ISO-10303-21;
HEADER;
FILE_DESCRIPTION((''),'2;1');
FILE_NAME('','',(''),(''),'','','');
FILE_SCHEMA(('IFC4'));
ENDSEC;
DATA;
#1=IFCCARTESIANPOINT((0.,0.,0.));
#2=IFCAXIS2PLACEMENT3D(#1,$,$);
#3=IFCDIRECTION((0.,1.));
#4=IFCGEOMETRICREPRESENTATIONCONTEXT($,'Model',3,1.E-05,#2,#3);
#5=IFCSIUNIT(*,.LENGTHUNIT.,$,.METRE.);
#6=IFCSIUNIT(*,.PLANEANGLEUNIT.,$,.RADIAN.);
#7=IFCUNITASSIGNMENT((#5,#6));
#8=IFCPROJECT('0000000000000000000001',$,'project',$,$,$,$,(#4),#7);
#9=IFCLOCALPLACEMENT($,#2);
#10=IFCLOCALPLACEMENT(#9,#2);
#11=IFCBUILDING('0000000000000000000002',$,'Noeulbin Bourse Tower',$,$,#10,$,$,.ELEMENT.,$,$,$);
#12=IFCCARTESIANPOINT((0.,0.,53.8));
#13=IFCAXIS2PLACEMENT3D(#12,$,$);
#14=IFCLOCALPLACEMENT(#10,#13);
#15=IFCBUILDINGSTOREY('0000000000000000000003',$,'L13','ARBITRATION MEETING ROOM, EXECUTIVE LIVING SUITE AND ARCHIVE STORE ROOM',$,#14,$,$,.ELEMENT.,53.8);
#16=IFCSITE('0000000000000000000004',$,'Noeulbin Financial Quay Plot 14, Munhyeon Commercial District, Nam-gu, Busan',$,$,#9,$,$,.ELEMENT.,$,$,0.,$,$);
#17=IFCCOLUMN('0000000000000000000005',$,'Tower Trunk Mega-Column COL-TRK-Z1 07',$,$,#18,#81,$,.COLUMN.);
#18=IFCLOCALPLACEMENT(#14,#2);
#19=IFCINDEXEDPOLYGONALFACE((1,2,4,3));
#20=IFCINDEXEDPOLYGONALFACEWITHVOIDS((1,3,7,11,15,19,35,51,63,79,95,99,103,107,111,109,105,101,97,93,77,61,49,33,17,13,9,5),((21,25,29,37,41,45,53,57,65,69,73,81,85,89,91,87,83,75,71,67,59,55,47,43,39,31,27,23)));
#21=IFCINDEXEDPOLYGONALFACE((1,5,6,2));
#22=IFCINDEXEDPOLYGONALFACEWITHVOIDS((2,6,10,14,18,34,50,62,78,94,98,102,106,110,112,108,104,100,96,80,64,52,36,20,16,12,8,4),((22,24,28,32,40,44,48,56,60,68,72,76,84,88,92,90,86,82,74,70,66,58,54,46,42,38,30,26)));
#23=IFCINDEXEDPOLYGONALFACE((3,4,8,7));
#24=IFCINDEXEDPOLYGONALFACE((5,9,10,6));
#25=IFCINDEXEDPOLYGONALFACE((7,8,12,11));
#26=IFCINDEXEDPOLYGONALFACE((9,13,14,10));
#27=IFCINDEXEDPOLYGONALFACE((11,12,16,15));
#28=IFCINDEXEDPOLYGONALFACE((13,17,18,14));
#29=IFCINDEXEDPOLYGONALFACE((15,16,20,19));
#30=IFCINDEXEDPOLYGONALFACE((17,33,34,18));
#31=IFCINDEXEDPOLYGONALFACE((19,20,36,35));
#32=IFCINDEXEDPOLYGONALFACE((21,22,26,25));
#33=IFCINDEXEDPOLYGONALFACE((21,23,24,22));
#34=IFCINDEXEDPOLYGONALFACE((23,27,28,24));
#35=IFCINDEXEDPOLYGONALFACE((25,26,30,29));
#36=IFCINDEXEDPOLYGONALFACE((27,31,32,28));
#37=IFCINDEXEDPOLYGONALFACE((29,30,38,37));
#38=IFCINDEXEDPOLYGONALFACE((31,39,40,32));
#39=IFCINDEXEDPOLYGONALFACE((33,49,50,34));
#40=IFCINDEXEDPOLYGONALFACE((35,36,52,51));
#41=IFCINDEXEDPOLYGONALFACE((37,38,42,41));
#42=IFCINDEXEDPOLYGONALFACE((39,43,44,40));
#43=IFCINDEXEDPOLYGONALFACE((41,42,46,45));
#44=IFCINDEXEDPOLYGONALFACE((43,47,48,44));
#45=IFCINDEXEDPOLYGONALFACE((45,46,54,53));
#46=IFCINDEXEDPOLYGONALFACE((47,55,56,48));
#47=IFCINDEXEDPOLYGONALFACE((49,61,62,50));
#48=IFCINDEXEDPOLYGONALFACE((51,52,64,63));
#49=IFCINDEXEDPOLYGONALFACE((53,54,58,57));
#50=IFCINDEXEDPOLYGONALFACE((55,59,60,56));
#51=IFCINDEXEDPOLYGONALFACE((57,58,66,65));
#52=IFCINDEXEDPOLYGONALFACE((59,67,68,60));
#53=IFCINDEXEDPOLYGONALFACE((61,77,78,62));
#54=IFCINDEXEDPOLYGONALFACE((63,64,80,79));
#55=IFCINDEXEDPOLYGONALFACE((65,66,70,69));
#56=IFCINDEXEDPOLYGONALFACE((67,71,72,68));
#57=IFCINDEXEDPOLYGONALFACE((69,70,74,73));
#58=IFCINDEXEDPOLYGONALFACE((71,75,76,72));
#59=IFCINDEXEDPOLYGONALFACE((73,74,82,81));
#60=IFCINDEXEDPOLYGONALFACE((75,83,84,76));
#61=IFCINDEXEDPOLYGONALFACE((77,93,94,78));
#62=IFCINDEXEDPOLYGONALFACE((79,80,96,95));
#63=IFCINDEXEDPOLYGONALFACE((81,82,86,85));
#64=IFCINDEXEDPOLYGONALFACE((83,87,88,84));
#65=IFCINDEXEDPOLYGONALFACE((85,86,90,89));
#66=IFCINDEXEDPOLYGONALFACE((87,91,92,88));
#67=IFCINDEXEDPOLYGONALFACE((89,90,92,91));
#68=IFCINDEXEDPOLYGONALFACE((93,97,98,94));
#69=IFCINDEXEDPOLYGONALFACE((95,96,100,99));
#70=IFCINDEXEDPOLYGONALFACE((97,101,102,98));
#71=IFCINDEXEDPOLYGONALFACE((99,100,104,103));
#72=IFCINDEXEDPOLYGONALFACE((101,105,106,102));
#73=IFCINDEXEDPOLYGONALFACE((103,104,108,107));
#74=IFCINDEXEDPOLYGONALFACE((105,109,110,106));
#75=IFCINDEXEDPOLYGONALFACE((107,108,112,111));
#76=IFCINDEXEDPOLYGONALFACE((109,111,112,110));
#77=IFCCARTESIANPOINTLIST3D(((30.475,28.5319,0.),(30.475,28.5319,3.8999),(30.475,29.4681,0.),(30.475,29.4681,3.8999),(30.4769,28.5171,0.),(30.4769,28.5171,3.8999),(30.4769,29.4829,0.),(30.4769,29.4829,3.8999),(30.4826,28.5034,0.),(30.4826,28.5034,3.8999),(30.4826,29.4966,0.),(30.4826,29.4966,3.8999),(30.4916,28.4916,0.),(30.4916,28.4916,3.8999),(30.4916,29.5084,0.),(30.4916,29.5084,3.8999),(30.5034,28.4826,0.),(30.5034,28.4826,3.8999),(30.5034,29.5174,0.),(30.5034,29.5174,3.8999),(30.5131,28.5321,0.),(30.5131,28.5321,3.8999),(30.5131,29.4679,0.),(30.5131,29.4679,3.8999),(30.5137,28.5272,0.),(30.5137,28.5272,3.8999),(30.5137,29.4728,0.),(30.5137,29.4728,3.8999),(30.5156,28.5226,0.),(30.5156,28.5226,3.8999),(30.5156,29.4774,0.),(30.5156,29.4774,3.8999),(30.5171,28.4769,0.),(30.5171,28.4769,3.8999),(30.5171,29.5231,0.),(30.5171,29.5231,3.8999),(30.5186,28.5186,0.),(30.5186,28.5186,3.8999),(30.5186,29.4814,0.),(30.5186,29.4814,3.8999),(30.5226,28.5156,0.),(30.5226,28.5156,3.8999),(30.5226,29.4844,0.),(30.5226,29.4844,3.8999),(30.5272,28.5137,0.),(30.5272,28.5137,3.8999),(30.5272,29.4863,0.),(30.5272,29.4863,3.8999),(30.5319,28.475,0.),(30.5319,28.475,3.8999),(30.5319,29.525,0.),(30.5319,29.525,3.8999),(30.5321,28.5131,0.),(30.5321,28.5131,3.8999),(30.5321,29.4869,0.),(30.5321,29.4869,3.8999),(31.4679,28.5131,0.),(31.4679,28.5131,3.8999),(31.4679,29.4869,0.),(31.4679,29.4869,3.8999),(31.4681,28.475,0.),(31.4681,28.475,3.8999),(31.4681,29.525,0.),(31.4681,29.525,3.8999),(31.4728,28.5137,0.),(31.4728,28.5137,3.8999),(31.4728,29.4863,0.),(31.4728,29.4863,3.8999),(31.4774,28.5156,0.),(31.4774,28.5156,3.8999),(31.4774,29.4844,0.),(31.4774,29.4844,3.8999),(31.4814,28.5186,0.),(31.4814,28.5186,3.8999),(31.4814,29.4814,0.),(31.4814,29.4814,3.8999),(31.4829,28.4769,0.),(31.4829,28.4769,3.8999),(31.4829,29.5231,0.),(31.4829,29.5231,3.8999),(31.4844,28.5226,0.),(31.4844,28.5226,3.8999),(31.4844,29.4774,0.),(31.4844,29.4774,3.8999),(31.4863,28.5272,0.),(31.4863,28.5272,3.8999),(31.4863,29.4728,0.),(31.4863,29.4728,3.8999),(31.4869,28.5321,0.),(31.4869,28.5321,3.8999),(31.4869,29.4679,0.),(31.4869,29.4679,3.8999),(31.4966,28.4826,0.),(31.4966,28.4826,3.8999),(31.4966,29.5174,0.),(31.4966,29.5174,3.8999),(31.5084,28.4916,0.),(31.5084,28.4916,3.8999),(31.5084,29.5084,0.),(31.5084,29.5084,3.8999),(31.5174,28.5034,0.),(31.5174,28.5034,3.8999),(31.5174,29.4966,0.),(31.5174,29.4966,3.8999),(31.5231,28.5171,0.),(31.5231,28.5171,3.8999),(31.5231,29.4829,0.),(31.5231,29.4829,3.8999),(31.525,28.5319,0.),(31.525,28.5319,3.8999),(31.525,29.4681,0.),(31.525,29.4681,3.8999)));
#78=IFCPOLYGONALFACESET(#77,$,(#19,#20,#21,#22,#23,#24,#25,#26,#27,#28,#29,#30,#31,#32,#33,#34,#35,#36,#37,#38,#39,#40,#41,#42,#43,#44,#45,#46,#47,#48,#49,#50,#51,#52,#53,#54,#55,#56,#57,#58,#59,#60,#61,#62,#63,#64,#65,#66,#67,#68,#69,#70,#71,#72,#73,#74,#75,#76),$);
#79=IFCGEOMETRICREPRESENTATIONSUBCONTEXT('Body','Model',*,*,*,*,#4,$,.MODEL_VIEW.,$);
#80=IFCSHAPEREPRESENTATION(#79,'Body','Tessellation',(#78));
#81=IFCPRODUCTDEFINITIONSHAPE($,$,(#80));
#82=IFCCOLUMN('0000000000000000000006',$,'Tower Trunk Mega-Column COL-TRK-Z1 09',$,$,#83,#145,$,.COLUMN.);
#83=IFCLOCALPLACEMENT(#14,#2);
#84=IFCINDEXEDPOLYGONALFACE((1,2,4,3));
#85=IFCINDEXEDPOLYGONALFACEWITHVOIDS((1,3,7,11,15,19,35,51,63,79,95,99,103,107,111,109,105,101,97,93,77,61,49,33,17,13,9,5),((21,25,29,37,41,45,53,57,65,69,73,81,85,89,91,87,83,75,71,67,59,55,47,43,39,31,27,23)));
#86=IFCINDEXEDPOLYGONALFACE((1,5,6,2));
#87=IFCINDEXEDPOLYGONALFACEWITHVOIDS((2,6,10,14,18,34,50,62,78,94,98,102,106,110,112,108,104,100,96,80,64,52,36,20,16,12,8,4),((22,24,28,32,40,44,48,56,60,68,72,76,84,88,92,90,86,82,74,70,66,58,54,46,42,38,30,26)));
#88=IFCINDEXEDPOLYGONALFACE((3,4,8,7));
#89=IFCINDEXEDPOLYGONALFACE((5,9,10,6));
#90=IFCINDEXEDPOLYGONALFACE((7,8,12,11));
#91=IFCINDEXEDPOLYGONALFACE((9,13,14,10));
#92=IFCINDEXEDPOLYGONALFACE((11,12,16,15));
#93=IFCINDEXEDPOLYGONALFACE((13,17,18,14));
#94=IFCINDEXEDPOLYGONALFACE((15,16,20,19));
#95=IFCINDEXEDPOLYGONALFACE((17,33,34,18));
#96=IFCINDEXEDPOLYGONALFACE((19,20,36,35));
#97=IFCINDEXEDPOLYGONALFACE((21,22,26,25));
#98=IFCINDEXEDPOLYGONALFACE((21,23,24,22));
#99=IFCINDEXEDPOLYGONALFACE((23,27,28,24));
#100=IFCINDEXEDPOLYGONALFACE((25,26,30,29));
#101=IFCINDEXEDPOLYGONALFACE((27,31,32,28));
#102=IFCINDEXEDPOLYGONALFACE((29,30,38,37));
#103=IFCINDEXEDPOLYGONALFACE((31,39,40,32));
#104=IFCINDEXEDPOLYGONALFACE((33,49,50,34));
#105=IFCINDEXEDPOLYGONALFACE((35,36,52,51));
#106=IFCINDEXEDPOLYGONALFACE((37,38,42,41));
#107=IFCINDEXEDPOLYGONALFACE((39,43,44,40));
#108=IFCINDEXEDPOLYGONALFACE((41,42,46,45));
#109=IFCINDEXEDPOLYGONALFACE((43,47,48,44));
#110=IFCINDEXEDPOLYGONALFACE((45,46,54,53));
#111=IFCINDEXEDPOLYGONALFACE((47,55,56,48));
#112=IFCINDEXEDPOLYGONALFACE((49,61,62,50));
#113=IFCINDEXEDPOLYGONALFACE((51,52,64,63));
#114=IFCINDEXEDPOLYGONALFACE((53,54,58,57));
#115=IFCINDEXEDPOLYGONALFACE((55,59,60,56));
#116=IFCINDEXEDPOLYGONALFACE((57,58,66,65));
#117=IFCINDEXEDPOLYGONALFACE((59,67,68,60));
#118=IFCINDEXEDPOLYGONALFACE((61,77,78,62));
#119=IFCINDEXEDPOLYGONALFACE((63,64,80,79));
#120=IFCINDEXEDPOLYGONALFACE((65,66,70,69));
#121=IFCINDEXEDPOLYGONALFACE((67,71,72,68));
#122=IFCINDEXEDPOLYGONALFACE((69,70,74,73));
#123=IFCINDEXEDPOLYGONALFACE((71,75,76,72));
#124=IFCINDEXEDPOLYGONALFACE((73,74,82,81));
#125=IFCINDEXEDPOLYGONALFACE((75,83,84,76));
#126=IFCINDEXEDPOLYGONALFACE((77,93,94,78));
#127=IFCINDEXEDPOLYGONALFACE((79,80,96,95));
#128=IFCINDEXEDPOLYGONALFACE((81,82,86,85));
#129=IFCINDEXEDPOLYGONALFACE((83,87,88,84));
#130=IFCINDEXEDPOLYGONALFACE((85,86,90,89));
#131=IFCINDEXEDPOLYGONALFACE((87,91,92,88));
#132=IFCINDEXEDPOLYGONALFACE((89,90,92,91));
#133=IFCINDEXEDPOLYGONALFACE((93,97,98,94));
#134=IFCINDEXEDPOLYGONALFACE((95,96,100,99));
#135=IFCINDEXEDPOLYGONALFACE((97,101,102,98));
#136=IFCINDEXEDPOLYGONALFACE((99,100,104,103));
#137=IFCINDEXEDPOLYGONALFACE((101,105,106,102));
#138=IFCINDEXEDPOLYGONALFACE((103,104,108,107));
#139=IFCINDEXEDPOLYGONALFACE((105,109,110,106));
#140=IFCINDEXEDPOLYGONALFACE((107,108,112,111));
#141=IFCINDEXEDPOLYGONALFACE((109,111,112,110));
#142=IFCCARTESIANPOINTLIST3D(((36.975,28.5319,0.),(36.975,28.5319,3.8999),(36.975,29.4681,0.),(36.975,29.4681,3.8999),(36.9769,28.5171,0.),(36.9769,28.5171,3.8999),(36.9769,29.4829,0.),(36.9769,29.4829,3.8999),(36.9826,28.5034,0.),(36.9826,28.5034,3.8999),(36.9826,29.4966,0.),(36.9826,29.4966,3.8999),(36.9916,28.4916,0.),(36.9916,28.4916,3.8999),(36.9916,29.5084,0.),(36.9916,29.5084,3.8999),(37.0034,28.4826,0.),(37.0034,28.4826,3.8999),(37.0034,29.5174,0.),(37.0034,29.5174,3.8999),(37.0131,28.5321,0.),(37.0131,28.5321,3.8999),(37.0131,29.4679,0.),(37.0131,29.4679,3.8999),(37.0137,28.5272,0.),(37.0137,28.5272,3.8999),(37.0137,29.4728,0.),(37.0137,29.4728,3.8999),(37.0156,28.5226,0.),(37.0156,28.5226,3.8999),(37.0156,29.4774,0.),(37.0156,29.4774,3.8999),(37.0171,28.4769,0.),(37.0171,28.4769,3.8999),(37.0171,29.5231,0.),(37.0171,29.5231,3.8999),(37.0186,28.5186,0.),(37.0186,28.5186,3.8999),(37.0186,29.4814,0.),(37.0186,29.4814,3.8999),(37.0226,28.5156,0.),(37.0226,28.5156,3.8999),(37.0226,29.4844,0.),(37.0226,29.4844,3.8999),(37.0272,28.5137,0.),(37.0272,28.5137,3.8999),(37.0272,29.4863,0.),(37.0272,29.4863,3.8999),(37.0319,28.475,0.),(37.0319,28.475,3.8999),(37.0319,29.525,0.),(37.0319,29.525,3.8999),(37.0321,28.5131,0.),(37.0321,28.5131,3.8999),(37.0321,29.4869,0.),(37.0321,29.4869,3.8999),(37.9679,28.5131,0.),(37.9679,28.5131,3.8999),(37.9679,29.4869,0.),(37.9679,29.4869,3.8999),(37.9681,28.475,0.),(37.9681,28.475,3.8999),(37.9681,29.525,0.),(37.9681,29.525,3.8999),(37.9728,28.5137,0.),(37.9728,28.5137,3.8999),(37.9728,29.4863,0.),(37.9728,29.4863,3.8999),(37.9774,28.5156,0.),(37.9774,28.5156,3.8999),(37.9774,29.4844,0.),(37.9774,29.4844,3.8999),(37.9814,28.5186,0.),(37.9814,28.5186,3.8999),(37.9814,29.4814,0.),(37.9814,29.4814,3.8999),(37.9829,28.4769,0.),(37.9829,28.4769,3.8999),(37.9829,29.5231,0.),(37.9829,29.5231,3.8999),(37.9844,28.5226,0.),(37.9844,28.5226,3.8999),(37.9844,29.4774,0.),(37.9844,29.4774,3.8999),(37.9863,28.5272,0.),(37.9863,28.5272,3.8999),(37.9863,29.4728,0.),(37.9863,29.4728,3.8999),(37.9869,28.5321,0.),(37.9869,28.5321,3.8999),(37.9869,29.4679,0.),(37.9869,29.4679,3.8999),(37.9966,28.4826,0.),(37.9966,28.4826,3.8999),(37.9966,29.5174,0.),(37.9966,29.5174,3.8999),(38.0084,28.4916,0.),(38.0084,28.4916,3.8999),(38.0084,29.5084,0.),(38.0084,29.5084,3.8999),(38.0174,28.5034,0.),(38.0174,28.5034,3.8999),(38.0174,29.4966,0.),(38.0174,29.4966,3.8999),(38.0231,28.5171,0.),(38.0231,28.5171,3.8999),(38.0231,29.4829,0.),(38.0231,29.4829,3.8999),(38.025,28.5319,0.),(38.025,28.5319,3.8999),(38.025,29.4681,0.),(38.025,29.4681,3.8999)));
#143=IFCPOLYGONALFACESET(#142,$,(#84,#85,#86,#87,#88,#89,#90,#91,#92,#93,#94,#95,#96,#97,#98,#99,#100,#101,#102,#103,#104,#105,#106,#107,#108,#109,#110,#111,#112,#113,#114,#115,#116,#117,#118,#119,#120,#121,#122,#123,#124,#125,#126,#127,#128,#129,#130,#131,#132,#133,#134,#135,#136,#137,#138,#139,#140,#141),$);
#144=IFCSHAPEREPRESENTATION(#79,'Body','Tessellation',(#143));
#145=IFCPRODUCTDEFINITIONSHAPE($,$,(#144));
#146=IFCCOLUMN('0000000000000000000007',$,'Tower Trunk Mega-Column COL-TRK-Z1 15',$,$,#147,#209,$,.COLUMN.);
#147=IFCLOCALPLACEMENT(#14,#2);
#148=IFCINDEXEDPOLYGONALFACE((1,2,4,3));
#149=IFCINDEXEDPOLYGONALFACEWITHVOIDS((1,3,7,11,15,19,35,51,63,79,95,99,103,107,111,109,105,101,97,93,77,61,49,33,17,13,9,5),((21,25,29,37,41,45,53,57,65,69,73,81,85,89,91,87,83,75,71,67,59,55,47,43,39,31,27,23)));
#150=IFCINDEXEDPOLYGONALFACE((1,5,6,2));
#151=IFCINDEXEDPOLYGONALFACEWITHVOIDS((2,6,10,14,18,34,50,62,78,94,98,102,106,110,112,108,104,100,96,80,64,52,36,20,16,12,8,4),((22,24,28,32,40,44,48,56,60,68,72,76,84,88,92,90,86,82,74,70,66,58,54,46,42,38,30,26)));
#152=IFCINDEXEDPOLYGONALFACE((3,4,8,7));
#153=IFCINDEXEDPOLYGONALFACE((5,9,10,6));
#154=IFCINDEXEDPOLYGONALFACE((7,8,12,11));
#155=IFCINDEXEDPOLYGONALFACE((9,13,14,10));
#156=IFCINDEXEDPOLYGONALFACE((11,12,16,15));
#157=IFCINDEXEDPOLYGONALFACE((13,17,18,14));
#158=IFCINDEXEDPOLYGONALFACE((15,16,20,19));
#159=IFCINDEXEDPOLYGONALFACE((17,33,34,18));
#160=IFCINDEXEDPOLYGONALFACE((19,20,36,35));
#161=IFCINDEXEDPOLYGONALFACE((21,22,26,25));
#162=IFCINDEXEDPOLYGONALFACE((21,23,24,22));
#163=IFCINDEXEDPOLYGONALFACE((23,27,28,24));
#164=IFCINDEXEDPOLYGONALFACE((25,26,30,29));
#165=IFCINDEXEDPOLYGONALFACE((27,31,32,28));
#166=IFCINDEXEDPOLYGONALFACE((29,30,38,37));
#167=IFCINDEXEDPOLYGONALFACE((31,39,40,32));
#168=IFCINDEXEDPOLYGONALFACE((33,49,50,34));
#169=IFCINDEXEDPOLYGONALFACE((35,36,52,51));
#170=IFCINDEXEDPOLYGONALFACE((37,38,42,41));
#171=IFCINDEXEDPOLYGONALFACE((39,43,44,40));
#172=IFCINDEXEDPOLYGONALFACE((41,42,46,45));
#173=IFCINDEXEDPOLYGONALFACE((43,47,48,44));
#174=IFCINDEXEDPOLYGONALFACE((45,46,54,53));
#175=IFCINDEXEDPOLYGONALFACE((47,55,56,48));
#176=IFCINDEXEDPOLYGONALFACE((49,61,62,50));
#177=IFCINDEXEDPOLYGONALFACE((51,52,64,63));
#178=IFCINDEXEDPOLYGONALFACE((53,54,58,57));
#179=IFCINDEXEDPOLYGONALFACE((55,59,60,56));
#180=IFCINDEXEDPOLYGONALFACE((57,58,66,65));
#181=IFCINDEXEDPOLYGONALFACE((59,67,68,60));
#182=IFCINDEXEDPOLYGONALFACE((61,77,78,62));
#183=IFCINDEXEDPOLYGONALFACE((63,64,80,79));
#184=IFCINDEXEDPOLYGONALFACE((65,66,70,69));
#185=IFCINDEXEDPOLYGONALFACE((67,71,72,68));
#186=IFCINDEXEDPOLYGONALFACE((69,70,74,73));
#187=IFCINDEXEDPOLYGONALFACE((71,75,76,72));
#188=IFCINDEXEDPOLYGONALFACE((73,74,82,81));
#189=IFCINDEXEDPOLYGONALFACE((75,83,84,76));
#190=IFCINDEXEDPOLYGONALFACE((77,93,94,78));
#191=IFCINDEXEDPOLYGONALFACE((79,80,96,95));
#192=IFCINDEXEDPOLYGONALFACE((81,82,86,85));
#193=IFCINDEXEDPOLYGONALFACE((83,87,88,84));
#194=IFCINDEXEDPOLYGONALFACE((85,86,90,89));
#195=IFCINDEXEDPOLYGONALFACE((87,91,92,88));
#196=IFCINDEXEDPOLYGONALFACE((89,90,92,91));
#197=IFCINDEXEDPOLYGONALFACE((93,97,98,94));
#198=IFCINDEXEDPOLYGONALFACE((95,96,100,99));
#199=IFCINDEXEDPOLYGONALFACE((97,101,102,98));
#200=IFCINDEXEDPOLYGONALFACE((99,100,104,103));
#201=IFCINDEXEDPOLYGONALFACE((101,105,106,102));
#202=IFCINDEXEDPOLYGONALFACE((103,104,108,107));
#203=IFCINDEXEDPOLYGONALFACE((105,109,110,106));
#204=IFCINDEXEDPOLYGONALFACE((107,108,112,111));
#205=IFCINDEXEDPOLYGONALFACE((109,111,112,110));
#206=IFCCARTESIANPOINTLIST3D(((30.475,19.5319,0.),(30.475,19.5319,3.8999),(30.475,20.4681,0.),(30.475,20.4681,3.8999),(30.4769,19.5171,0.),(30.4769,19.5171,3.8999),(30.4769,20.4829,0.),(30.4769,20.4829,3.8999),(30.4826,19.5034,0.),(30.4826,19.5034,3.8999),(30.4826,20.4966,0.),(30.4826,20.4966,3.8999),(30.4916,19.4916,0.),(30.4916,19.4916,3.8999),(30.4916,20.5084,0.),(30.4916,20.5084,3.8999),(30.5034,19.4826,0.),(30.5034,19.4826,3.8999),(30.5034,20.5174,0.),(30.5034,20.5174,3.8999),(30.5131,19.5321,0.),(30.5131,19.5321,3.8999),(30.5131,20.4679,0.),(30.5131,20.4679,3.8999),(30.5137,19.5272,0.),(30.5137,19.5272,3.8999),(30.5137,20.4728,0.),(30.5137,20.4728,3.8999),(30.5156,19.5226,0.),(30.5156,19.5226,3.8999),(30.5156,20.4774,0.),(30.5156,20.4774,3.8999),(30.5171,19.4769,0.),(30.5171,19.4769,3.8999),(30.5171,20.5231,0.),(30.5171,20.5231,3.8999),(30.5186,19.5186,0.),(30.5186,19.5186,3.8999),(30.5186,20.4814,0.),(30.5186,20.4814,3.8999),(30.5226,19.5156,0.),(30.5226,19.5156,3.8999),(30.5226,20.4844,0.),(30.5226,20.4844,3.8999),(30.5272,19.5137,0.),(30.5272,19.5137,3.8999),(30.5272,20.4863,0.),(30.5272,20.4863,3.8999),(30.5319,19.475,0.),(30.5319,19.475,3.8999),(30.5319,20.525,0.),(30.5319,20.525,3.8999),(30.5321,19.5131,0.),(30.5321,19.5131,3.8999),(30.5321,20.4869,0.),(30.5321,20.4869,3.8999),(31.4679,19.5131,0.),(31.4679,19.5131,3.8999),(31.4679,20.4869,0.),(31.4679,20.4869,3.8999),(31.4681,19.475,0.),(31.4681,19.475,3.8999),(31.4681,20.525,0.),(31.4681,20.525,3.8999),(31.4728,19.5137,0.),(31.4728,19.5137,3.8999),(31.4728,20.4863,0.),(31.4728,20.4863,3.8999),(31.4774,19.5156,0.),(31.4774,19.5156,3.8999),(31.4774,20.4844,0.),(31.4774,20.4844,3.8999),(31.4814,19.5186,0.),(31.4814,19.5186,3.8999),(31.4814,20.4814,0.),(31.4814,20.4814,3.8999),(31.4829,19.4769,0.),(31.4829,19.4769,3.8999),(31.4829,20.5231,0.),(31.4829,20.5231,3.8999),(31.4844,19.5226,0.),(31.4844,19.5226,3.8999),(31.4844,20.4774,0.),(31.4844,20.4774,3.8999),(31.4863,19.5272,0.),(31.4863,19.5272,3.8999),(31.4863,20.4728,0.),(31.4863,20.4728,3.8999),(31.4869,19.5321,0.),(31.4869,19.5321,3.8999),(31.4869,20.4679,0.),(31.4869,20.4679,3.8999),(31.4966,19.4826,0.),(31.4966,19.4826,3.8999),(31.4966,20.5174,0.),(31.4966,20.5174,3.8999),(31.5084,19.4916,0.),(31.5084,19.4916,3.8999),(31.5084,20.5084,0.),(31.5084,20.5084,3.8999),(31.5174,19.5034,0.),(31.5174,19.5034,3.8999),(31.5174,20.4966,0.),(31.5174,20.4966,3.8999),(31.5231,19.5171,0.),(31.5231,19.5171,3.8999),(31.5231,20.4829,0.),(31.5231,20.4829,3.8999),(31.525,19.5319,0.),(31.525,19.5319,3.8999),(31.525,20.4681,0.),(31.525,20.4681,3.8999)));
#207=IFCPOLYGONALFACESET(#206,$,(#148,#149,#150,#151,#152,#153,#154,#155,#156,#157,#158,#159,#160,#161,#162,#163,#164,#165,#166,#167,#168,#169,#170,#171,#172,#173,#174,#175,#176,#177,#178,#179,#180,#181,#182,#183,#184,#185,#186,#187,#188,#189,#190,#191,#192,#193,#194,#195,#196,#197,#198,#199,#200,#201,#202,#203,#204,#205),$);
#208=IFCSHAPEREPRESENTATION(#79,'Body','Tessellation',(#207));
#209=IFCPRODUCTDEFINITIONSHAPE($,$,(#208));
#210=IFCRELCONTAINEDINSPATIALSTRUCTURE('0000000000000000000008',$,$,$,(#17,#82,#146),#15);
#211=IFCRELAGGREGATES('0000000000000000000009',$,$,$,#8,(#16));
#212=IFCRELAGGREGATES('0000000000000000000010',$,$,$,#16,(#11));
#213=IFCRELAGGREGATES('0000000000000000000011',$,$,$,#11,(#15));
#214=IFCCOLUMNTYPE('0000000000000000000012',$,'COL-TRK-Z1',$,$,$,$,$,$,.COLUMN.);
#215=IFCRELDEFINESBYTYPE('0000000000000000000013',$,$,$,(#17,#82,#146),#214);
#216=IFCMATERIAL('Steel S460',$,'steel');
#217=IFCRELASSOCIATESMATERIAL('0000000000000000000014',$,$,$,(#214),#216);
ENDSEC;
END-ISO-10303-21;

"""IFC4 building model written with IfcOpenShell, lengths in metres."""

from ifc_helpers import new_model, si_unit, direction, frame, origin, origin_2d, place, context, subcontext, project, spatial, hollow_rectangle, extrude, material, material_profile, profile_set, type_object, element, save


model = new_model("IFC4")

# Units and contexts
model_context = context("Model", 3, precision=1e-05, world=origin(), true_north=direction((0.0, 1.0)))
body_context = subcontext(model_context, "Body", "Model", "MODEL_VIEW")
ifc_project = project(units=[si_unit("LENGTHUNIT", "METRE"), si_unit("PLANEANGLEUNIT", "RADIAN")], contexts=[model_context])

# Site, building, storey
site_placement = place(None, origin())
site = spatial("IfcSite", under=ifc_project, at=site_placement, Name="Noeulbin Financial Quay Plot 14, Munhyeon Commercial District, Nam-gu, Busan", CompositionType="ELEMENT", RefElevation=0.0)
building_placement = place(site_placement, origin())
building = spatial("IfcBuilding", under=site, at=building_placement, Name="Noeulbin Bourse Tower", CompositionType="ELEMENT")
storey_placement = place(building_placement, frame((0.0, 0.0, 53.8)))
storey = spatial("IfcBuildingStorey", under=building, at=storey_placement, Name="L13", Description="ARBITRATION MEETING ROOM, EXECUTIVE LIVING SUITE AND ARCHIVE STORE ROOM", CompositionType="ELEMENT", Elevation=53.8)

# Columns
ifc_material_1 = material(Name="Steel S460", Category="steel")
ifc_material_profile_1 = material_profile(ifc_material_1, hollow_rectangle(XDim=1.05, YDim=1.05, WallThickness=0.0381, InnerFilletRadius=0.019, OuterFilletRadius=0.0569, at=origin_2d()), Name="BOX-1050x1050x38", Category="LoadBearing")
ifc_profile_set_1 = profile_set([ifc_material_profile_1], Name="Steel S460")
column_type = type_object("IfcColumnType", Name="COL-TRK-Z1", PredefinedType="COLUMN", material=ifc_profile_set_1)
for number, where, z_axis, x_axis, name in (
    (1, (31.0, 29.0, 0.0), (0.0, 0.0, 1.0), (1.0, 0.0, 0.0), "Tower Trunk Mega-Column COL-TRK-Z1 07"),
    (2, (37.5, 29.0, 0.0), (0.0, 0.0, 1.0), (1.0, 0.0, 0.0), "Tower Trunk Mega-Column COL-TRK-Z1 09"),
    (3, (31.0, 20.0, 0.0), (0.0, 0.0, 1.0), (1.0, 0.0, 0.0), "Tower Trunk Mega-Column COL-TRK-Z1 15"),
):
    element("IfcColumn", number, at=place(storey_placement, frame(where, z_axis=z_axis, x_axis=x_axis)), inside=storey, type_object=column_type, Name=name, PredefinedType="COLUMN", context=body_context, shape_type="SweptSolid", body=[
        extrude(hollow_rectangle(XDim=1.05, YDim=1.05, WallThickness=0.0381, InnerFilletRadius=0.019, OuterFilletRadius=0.0569, at=origin_2d()), origin(), (0.0, 0.0, 1.0), 3.8999),
    ])

save(model, "model.ifc")
